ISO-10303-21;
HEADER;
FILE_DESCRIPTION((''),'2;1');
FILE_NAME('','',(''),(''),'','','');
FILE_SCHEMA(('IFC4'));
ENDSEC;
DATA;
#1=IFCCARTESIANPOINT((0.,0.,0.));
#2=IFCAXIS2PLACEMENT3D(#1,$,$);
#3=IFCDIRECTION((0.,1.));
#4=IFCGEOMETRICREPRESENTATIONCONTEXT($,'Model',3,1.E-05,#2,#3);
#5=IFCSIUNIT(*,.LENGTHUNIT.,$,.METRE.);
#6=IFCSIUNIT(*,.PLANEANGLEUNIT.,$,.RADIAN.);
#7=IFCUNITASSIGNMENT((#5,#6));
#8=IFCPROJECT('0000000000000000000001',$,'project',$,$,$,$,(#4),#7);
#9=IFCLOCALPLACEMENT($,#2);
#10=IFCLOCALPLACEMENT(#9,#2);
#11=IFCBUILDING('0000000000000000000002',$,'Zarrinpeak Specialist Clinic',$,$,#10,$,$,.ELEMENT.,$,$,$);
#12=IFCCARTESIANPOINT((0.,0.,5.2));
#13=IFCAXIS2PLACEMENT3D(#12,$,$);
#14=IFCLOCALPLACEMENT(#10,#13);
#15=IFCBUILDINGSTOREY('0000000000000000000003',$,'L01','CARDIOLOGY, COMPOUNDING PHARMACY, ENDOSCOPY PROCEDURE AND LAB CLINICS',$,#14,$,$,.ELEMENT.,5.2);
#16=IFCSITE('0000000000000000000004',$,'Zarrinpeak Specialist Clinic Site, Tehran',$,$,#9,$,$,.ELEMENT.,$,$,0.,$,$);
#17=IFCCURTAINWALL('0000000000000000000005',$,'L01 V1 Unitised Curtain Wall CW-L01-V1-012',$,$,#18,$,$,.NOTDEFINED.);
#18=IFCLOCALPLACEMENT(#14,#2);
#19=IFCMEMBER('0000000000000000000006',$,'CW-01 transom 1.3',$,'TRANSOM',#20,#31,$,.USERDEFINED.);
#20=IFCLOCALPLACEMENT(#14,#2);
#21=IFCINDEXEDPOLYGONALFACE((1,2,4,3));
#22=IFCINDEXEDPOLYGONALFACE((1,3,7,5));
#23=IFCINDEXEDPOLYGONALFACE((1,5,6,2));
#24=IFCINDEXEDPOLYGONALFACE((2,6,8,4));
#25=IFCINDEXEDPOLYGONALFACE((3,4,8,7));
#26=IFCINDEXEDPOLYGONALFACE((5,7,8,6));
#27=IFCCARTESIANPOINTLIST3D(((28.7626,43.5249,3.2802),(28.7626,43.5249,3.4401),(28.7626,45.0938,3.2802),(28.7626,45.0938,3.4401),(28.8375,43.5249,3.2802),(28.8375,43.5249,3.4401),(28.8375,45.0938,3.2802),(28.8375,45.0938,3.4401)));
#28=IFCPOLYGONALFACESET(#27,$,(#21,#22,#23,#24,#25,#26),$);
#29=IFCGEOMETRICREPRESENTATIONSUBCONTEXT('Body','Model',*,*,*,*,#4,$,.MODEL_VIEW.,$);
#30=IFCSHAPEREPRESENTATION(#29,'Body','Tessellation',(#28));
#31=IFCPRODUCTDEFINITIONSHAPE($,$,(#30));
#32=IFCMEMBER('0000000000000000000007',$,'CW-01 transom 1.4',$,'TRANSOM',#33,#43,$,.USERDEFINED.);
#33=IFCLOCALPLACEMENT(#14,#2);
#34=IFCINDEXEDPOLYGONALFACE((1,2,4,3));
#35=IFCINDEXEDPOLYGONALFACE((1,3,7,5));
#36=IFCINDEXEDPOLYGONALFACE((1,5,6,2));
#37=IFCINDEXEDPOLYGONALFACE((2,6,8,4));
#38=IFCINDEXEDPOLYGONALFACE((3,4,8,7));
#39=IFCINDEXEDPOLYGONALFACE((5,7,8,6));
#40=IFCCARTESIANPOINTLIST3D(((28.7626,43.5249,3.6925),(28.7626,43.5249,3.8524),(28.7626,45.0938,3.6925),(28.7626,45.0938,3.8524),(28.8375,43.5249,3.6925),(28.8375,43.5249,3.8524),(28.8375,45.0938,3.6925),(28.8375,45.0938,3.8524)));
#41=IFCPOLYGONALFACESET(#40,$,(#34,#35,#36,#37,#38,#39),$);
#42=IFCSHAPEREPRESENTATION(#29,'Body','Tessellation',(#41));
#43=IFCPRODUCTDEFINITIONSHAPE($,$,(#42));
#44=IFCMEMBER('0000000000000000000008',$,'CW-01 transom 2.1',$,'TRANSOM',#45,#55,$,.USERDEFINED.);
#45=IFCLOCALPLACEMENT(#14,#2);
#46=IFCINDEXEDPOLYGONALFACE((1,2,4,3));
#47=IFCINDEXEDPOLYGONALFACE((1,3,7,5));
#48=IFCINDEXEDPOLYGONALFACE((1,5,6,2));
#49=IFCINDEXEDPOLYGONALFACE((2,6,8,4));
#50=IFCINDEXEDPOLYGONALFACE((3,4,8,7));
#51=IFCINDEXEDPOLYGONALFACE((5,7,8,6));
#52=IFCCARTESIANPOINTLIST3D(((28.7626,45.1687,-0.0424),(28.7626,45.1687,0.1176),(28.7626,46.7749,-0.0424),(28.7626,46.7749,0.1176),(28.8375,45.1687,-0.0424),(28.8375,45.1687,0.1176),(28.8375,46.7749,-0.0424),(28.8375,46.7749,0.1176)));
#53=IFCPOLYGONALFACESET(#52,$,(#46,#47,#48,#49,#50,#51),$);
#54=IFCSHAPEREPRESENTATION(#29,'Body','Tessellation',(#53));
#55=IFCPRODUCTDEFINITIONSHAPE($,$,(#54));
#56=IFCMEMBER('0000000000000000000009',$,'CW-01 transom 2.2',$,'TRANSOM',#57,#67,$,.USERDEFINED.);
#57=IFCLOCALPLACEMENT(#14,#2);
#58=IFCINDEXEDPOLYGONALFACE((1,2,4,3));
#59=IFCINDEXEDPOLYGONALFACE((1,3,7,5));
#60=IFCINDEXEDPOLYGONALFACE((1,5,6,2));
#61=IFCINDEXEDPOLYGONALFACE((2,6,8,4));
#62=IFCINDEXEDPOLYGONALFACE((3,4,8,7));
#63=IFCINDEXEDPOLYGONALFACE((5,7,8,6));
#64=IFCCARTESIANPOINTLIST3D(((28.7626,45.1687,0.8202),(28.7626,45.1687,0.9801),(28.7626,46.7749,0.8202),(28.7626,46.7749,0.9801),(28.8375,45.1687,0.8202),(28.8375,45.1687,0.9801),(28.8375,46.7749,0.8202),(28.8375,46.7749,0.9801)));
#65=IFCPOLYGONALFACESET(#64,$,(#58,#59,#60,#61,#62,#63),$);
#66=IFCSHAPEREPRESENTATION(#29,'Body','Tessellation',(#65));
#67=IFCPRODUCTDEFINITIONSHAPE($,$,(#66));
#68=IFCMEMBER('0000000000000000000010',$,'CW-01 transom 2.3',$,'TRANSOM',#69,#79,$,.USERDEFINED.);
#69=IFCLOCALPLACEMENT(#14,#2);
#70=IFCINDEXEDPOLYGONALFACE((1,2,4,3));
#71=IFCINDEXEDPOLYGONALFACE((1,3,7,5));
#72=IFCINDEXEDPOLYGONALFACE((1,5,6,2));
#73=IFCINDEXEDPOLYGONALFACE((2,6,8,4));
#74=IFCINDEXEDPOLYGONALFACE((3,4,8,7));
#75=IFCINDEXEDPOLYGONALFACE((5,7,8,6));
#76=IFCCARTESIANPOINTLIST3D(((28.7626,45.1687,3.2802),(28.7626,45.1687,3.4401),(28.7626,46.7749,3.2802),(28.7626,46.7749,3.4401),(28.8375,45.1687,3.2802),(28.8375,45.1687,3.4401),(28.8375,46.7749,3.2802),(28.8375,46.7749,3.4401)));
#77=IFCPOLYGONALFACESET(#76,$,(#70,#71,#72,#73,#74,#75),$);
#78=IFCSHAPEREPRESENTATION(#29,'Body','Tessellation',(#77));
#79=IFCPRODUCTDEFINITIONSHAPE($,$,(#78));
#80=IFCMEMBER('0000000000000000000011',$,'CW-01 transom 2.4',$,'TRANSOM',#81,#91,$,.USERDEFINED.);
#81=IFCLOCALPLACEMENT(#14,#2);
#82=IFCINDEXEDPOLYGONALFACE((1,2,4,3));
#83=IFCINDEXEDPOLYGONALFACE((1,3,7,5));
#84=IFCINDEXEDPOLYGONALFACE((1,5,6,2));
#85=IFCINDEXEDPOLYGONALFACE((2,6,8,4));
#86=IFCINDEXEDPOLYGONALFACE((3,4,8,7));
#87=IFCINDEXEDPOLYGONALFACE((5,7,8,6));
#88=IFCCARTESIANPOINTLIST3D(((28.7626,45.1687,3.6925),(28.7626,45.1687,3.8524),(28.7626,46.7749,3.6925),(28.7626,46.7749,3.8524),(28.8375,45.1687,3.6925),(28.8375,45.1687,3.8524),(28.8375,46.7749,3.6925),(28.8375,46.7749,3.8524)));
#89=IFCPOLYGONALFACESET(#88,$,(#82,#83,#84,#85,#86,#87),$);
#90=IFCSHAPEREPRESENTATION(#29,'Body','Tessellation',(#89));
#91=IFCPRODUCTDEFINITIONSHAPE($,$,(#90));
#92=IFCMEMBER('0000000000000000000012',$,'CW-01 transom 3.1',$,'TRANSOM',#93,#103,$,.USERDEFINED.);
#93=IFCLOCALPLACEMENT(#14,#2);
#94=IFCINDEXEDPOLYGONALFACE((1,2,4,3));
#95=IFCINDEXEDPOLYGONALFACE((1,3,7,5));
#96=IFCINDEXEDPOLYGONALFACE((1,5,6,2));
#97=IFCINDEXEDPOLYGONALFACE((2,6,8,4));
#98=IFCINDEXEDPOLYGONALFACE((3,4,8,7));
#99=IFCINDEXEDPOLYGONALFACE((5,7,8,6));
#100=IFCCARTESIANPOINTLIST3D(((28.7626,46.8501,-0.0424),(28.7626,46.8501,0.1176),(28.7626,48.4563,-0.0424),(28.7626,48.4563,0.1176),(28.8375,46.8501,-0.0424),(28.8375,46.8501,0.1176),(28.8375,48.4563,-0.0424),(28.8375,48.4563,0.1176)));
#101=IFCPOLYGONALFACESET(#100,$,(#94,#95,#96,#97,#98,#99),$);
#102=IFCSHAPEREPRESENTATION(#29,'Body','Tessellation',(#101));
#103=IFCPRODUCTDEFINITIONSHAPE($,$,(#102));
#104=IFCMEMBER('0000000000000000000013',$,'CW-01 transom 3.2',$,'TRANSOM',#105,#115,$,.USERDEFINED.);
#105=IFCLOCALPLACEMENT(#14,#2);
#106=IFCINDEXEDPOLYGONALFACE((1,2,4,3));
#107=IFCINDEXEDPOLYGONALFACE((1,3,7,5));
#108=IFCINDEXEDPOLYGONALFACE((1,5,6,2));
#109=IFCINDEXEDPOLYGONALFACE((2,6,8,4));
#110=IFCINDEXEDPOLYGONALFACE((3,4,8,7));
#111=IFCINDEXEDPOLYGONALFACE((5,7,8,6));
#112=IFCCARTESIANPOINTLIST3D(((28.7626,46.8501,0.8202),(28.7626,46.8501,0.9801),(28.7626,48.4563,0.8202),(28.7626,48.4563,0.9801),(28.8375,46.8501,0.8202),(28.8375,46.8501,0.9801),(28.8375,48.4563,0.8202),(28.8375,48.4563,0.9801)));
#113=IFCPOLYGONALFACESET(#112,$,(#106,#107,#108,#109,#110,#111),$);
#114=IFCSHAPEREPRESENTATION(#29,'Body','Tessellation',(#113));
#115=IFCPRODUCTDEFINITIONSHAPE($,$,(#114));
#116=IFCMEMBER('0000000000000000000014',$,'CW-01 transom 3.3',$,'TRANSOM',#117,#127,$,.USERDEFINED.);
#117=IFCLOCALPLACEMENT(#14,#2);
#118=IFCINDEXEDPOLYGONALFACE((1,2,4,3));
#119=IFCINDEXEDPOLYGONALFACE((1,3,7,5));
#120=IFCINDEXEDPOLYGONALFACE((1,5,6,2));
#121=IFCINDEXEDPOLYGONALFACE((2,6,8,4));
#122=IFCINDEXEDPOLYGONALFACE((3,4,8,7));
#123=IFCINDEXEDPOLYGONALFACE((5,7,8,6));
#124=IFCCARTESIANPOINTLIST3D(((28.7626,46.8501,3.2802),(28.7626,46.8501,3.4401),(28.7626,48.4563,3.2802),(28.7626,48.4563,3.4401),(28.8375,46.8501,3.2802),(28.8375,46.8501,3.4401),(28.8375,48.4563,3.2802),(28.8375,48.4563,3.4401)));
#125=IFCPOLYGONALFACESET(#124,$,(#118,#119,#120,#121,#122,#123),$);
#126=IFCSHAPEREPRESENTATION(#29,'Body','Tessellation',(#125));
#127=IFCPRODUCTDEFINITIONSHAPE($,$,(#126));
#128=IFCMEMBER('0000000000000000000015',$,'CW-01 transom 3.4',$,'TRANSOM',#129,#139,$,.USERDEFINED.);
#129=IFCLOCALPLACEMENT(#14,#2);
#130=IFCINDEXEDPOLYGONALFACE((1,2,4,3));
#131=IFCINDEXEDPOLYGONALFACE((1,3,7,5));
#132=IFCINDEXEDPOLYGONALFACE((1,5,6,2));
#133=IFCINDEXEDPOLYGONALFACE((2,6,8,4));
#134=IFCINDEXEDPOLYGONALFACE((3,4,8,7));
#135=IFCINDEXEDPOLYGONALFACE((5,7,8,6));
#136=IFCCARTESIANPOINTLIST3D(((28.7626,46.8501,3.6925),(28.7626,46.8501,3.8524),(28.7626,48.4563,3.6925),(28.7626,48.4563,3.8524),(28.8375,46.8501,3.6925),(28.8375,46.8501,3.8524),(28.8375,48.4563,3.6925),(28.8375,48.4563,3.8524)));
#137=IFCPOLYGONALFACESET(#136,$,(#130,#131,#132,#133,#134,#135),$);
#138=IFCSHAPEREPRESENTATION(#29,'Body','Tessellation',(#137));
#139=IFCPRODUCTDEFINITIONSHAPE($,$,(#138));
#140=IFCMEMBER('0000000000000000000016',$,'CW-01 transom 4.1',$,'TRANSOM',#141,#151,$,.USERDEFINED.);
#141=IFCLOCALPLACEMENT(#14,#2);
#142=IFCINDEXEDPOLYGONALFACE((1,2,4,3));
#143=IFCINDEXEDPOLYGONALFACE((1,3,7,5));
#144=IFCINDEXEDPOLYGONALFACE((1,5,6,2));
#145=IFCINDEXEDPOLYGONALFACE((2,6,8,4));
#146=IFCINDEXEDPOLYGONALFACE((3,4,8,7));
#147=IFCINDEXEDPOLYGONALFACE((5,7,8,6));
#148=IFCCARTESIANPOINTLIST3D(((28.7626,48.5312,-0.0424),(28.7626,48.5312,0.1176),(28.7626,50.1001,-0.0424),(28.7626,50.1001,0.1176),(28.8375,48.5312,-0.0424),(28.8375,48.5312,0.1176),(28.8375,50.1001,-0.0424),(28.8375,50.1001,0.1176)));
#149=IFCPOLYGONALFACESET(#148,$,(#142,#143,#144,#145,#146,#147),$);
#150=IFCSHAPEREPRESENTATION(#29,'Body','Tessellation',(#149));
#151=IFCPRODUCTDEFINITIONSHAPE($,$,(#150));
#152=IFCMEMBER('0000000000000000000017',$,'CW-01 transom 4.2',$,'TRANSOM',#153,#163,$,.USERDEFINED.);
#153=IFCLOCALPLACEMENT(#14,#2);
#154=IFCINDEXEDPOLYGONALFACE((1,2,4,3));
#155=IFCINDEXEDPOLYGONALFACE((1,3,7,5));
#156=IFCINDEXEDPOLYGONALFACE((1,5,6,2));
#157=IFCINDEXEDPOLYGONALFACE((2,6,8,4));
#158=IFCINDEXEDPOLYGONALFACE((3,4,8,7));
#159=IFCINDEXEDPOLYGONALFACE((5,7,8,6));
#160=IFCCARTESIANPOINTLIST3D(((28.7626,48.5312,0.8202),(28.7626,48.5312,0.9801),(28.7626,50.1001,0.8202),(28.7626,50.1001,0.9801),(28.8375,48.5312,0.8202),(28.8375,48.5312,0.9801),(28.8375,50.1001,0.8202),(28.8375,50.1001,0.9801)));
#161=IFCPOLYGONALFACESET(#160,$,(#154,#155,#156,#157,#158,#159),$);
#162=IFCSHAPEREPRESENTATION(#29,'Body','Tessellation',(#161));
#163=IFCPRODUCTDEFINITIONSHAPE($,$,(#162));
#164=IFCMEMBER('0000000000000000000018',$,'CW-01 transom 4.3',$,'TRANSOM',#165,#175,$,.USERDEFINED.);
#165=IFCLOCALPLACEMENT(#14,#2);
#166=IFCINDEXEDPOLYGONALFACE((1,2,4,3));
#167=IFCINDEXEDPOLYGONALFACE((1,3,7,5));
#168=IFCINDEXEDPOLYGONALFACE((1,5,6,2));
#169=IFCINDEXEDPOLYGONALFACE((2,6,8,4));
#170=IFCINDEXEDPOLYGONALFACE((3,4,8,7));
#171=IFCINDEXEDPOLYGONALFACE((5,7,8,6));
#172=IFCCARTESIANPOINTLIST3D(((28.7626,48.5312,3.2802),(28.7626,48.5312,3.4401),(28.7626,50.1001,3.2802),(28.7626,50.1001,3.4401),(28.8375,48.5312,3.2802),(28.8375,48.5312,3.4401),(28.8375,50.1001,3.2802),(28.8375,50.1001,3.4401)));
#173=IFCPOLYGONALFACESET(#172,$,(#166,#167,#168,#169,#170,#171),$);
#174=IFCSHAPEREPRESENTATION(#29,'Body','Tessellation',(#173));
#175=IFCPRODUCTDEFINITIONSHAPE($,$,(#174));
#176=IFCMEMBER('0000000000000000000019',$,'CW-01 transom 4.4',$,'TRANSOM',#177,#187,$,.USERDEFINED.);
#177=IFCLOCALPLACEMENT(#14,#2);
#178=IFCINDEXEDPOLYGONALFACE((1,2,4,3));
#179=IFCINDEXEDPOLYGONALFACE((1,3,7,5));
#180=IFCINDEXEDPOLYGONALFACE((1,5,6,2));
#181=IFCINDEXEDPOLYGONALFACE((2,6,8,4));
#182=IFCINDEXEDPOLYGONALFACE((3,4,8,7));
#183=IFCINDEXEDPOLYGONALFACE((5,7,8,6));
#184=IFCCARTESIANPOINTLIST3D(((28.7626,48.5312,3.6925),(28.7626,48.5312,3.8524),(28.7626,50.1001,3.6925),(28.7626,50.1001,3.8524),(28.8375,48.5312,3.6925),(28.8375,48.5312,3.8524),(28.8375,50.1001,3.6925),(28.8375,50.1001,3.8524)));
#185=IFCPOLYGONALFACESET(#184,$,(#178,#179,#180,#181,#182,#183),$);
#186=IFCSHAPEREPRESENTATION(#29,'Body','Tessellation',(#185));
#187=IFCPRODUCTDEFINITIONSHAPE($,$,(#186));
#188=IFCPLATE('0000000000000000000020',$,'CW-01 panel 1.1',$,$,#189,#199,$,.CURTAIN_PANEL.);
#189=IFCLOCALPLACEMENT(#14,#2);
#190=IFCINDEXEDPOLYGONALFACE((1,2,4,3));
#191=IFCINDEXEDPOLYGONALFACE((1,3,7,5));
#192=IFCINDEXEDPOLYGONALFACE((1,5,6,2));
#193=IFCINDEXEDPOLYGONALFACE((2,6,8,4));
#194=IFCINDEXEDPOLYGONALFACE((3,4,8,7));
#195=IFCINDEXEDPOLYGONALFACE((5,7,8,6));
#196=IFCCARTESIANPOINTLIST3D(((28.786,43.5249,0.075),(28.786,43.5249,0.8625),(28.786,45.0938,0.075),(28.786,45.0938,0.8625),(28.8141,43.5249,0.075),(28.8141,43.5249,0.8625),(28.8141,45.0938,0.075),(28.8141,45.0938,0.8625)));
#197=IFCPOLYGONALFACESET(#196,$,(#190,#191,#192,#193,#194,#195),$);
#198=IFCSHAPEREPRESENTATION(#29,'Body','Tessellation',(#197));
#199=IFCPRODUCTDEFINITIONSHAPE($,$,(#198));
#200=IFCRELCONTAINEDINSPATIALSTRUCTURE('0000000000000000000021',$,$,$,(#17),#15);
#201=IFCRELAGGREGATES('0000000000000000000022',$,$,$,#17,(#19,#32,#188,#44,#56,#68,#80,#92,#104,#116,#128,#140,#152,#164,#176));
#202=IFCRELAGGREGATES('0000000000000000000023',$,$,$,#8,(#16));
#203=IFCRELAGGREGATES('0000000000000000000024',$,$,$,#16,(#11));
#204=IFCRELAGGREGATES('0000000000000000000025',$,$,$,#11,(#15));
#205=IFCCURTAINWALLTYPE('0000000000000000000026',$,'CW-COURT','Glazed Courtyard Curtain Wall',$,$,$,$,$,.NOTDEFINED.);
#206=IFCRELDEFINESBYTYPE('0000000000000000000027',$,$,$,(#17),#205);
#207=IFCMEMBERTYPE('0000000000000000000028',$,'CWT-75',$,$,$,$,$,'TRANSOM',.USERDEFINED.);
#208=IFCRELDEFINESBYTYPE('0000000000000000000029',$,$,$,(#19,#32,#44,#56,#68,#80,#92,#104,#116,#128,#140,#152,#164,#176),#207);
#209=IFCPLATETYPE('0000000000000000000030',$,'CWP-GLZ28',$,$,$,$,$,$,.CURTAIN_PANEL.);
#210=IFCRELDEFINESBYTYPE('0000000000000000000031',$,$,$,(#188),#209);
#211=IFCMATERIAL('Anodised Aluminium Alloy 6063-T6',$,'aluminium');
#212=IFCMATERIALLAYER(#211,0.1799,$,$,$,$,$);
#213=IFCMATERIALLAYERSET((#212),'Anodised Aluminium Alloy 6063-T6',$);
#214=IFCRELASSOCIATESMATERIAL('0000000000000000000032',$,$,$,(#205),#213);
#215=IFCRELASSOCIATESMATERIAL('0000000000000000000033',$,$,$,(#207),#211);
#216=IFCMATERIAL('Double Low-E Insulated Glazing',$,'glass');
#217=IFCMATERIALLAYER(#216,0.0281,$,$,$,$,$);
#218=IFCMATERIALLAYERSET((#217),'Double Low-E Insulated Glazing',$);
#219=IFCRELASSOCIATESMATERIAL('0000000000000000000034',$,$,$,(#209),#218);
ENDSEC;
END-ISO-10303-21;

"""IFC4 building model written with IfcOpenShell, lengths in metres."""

from ifc_helpers import new_model, si_unit, direction, frame, origin, origin_2d, place, context, subcontext, project, spatial, rectangle, extrude, material, layer, layer_set, material_profile, profile_set, type_object, element, aggregate, save


model = new_model("IFC4")

# Units and contexts
model_context = context("Model", 3, precision=1e-05, world=origin(), true_north=direction((0.0, 1.0)))
body_context = subcontext(model_context, "Body", "Model", "MODEL_VIEW")
ifc_project = project(units=[si_unit("LENGTHUNIT", "METRE"), si_unit("PLANEANGLEUNIT", "RADIAN")], contexts=[model_context])

# Site, building, storey
site_placement = place(None, origin())
site = spatial("IfcSite", under=ifc_project, at=site_placement, Name="Zarrinpeak Specialist Clinic Site, Tehran", CompositionType="ELEMENT", RefElevation=0.0)
building_placement = place(site_placement, origin())
building = spatial("IfcBuilding", under=site, at=building_placement, Name="Zarrinpeak Specialist Clinic", CompositionType="ELEMENT")
storey_placement = place(building_placement, frame((0.0, 0.0, 5.2)))
storey = spatial("IfcBuildingStorey", under=building, at=storey_placement, Name="L01", Description="CARDIOLOGY, COMPOUNDING PHARMACY, ENDOSCOPY PROCEDURE AND LAB CLINICS", CompositionType="ELEMENT", Elevation=5.2)

# Curtain wall, members, plate
ifc_material_1 = material(Name="Anodised Aluminium Alloy 6063-T6", Category="aluminium")
ifc_layer_1 = layer(ifc_material_1, 0.1799)
ifc_layer_set_1 = layer_set([ifc_layer_1], Name="Anodised Aluminium Alloy 6063-T6")
curtain_wall_type = type_object("IfcCurtainWallType", Name="CW-COURT", Description="Glazed Courtyard Curtain Wall", PredefinedType="NOTDEFINED", material=ifc_layer_set_1)
curtain_wall_placement = place(storey_placement, origin())
curtain_wall = element("IfcCurtainWall", 1, at=curtain_wall_placement, inside=storey, type_object=curtain_wall_type, Name="L01 V1 Unitised Curtain Wall CW-L01-V1-012", PredefinedType="NOTDEFINED")
ifc_material_profile_1 = material_profile(ifc_material_1, rectangle(XDim=0.075, YDim=0.1599, at=origin_2d()), Name="ALU 75x160")
ifc_profile_set_1 = profile_set([ifc_material_profile_1], Name="Anodised Aluminium Alloy 6063-T6")
member_type_1 = type_object("IfcMemberType", Name="CWT-75", ElementType="TRANSOM", PredefinedType="USERDEFINED", material=ifc_profile_set_1)
member_1_placement = place(storey_placement, frame((28.8, 43.5249, 3.3601), z_axis=(0.0, 1.0, 0.0), x_axis=(-1.0, 0.0, 0.0)))
member_1 = element("IfcMember", 2, at=member_1_placement, type_object=member_type_1, Name="CW-01 transom 1.3", ObjectType="TRANSOM", PredefinedType="USERDEFINED", context=body_context, shape_type="SweptSolid", body=[
    extrude(rectangle(XDim=0.075, YDim=0.1599, at=origin_2d()), origin(), (0.0, 0.0, 1.0), 1.5688),
])
member_2_placement = place(storey_placement, frame((28.8, 43.5249, 3.7725), z_axis=(0.0, 1.0, 0.0), x_axis=(-1.0, 0.0, 0.0)))
member_2 = element("IfcMember", 3, at=member_2_placement, type_object=member_type_1, Name="CW-01 transom 1.4", ObjectType="TRANSOM", PredefinedType="USERDEFINED", context=body_context, shape_type="SweptSolid", body=[
    extrude(rectangle(XDim=0.075, YDim=0.1599, at=origin_2d()), origin(), (0.0, 0.0, 1.0), 1.5688),
])
member_3_placement = place(storey_placement, frame((28.8, 45.1687, 0.0376), z_axis=(0.0, 1.0, 0.0), x_axis=(-1.0, 0.0, 0.0)))
member_3 = element("IfcMember", 4, at=member_3_placement, type_object=member_type_1, Name="CW-01 transom 2.1", ObjectType="TRANSOM", PredefinedType="USERDEFINED", context=body_context, shape_type="SweptSolid", body=[
    extrude(rectangle(XDim=0.075, YDim=0.1599, at=origin_2d()), origin(), (0.0, 0.0, 1.0), 1.6062),
])
member_4_placement = place(storey_placement, frame((28.8, 45.1687, 0.9001), z_axis=(0.0, 1.0, 0.0), x_axis=(-1.0, 0.0, 0.0)))
member_4 = element("IfcMember", 5, at=member_4_placement, type_object=member_type_1, Name="CW-01 transom 2.2", ObjectType="TRANSOM", PredefinedType="USERDEFINED", context=body_context, shape_type="SweptSolid", body=[
    extrude(rectangle(XDim=0.075, YDim=0.1599, at=origin_2d()), origin(), (0.0, 0.0, 1.0), 1.6062),
])
member_5_placement = place(storey_placement, frame((28.8, 45.1687, 3.3601), z_axis=(0.0, 1.0, 0.0), x_axis=(-1.0, 0.0, 0.0)))
member_5 = element("IfcMember", 6, at=member_5_placement, type_object=member_type_1, Name="CW-01 transom 2.3", ObjectType="TRANSOM", PredefinedType="USERDEFINED", context=body_context, shape_type="SweptSolid", body=[
    extrude(rectangle(XDim=0.075, YDim=0.1599, at=origin_2d()), origin(), (0.0, 0.0, 1.0), 1.6062),
])
member_6_placement = place(storey_placement, frame((28.8, 45.1687, 3.7725), z_axis=(0.0, 1.0, 0.0), x_axis=(-1.0, 0.0, 0.0)))
member_6 = element("IfcMember", 7, at=member_6_placement, type_object=member_type_1, Name="CW-01 transom 2.4", ObjectType="TRANSOM", PredefinedType="USERDEFINED", context=body_context, shape_type="SweptSolid", body=[
    extrude(rectangle(XDim=0.075, YDim=0.1599, at=origin_2d()), origin(), (0.0, 0.0, 1.0), 1.6062),
])
member_7_placement = place(storey_placement, frame((28.8, 46.8501, 0.0376), z_axis=(0.0, 1.0, 0.0), x_axis=(-1.0, 0.0, 0.0)))
member_7 = element("IfcMember", 8, at=member_7_placement, type_object=member_type_1, Name="CW-01 transom 3.1", ObjectType="TRANSOM", PredefinedType="USERDEFINED", context=body_context, shape_type="SweptSolid", body=[
    extrude(rectangle(XDim=0.075, YDim=0.1599, at=origin_2d()), origin(), (0.0, 0.0, 1.0), 1.6062),
])
member_8_placement = place(storey_placement, frame((28.8, 46.8501, 0.9001), z_axis=(0.0, 1.0, 0.0), x_axis=(-1.0, 0.0, 0.0)))
member_8 = element("IfcMember", 9, at=member_8_placement, type_object=member_type_1, Name="CW-01 transom 3.2", ObjectType="TRANSOM", PredefinedType="USERDEFINED", context=body_context, shape_type="SweptSolid", body=[
    extrude(rectangle(XDim=0.075, YDim=0.1599, at=origin_2d()), origin(), (0.0, 0.0, 1.0), 1.6062),
])
member_9_placement = place(storey_placement, frame((28.8, 46.8501, 3.3601), z_axis=(0.0, 1.0, 0.0), x_axis=(-1.0, 0.0, 0.0)))
member_9 = element("IfcMember", 10, at=member_9_placement, type_object=member_type_1, Name="CW-01 transom 3.3", ObjectType="TRANSOM", PredefinedType="USERDEFINED", context=body_context, shape_type="SweptSolid", body=[
    extrude(rectangle(XDim=0.075, YDim=0.1599, at=origin_2d()), origin(), (0.0, 0.0, 1.0), 1.6062),
])
member_10_placement = place(storey_placement, frame((28.8, 46.8501, 3.7725), z_axis=(0.0, 1.0, 0.0), x_axis=(-1.0, 0.0, 0.0)))
member_10 = element("IfcMember", 11, at=member_10_placement, type_object=member_type_1, Name="CW-01 transom 3.4", ObjectType="TRANSOM", PredefinedType="USERDEFINED", context=body_context, shape_type="SweptSolid", body=[
    extrude(rectangle(XDim=0.075, YDim=0.1599, at=origin_2d()), origin(), (0.0, 0.0, 1.0), 1.6062),
])
member_11_placement = place(storey_placement, frame((28.8, 48.5312, 0.0376), z_axis=(0.0, 1.0, 0.0), x_axis=(-1.0, 0.0, 0.0)))
member_11 = element("IfcMember", 12, at=member_11_placement, type_object=member_type_1, Name="CW-01 transom 4.1", ObjectType="TRANSOM", PredefinedType="USERDEFINED", context=body_context, shape_type="SweptSolid", body=[
    extrude(rectangle(XDim=0.075, YDim=0.1599, at=origin_2d()), origin(), (0.0, 0.0, 1.0), 1.5688),
])
member_12_placement = place(storey_placement, frame((28.8, 48.5312, 0.9001), z_axis=(0.0, 1.0, 0.0), x_axis=(-1.0, 0.0, 0.0)))
member_12 = element("IfcMember", 13, at=member_12_placement, type_object=member_type_1, Name="CW-01 transom 4.2", ObjectType="TRANSOM", PredefinedType="USERDEFINED", context=body_context, shape_type="SweptSolid", body=[
    extrude(rectangle(XDim=0.075, YDim=0.1599, at=origin_2d()), origin(), (0.0, 0.0, 1.0), 1.5688),
])
member_13_placement = place(storey_placement, frame((28.8, 48.5312, 3.3601), z_axis=(0.0, 1.0, 0.0), x_axis=(-1.0, 0.0, 0.0)))
member_13 = element("IfcMember", 14, at=member_13_placement, type_object=member_type_1, Name="CW-01 transom 4.3", ObjectType="TRANSOM", PredefinedType="USERDEFINED", context=body_context, shape_type="SweptSolid", body=[
    extrude(rectangle(XDim=0.075, YDim=0.1599, at=origin_2d()), origin(), (0.0, 0.0, 1.0), 1.5688),
])
member_14_placement = place(storey_placement, frame((28.8, 48.5312, 3.7725), z_axis=(0.0, 1.0, 0.0), x_axis=(-1.0, 0.0, 0.0)))
member_14 = element("IfcMember", 15, at=member_14_placement, type_object=member_type_1, Name="CW-01 transom 4.4", ObjectType="TRANSOM", PredefinedType="USERDEFINED", context=body_context, shape_type="SweptSolid", body=[
    extrude(rectangle(XDim=0.075, YDim=0.1599, at=origin_2d()), origin(), (0.0, 0.0, 1.0), 1.5688),
])
ifc_material_2 = material(Name="Double Low-E Insulated Glazing", Category="glass")
ifc_layer_2 = layer(ifc_material_2, 0.0281)
ifc_layer_set_2 = layer_set([ifc_layer_2], Name="Double Low-E Insulated Glazing")
plate_type = type_object("IfcPlateType", Name="CWP-GLZ28", PredefinedType="CURTAIN_PANEL", material=ifc_layer_set_2)
plate_1_placement = place(storey_placement, frame((28.8, 44.3093, 0.075), z_axis=(0.0, 0.0, 1.0), x_axis=(0.0, 1.0, 0.0)))
plate_1 = element("IfcPlate", 16, at=plate_1_placement, type_object=plate_type, Name="CW-01 panel 1.1", PredefinedType="CURTAIN_PANEL", context=body_context, shape_type="SweptSolid", body=[
    extrude(rectangle(XDim=1.5688, YDim=0.0281, at=origin_2d()), origin(), (0.0, 0.0, 1.0), 0.7876),
])
aggregate(curtain_wall, [member_1, member_2, plate_1, member_3, member_4, member_5, member_6, member_7, member_8, member_9, member_10, member_11, member_12, member_13, member_14])

save(model, "model.ifc")
